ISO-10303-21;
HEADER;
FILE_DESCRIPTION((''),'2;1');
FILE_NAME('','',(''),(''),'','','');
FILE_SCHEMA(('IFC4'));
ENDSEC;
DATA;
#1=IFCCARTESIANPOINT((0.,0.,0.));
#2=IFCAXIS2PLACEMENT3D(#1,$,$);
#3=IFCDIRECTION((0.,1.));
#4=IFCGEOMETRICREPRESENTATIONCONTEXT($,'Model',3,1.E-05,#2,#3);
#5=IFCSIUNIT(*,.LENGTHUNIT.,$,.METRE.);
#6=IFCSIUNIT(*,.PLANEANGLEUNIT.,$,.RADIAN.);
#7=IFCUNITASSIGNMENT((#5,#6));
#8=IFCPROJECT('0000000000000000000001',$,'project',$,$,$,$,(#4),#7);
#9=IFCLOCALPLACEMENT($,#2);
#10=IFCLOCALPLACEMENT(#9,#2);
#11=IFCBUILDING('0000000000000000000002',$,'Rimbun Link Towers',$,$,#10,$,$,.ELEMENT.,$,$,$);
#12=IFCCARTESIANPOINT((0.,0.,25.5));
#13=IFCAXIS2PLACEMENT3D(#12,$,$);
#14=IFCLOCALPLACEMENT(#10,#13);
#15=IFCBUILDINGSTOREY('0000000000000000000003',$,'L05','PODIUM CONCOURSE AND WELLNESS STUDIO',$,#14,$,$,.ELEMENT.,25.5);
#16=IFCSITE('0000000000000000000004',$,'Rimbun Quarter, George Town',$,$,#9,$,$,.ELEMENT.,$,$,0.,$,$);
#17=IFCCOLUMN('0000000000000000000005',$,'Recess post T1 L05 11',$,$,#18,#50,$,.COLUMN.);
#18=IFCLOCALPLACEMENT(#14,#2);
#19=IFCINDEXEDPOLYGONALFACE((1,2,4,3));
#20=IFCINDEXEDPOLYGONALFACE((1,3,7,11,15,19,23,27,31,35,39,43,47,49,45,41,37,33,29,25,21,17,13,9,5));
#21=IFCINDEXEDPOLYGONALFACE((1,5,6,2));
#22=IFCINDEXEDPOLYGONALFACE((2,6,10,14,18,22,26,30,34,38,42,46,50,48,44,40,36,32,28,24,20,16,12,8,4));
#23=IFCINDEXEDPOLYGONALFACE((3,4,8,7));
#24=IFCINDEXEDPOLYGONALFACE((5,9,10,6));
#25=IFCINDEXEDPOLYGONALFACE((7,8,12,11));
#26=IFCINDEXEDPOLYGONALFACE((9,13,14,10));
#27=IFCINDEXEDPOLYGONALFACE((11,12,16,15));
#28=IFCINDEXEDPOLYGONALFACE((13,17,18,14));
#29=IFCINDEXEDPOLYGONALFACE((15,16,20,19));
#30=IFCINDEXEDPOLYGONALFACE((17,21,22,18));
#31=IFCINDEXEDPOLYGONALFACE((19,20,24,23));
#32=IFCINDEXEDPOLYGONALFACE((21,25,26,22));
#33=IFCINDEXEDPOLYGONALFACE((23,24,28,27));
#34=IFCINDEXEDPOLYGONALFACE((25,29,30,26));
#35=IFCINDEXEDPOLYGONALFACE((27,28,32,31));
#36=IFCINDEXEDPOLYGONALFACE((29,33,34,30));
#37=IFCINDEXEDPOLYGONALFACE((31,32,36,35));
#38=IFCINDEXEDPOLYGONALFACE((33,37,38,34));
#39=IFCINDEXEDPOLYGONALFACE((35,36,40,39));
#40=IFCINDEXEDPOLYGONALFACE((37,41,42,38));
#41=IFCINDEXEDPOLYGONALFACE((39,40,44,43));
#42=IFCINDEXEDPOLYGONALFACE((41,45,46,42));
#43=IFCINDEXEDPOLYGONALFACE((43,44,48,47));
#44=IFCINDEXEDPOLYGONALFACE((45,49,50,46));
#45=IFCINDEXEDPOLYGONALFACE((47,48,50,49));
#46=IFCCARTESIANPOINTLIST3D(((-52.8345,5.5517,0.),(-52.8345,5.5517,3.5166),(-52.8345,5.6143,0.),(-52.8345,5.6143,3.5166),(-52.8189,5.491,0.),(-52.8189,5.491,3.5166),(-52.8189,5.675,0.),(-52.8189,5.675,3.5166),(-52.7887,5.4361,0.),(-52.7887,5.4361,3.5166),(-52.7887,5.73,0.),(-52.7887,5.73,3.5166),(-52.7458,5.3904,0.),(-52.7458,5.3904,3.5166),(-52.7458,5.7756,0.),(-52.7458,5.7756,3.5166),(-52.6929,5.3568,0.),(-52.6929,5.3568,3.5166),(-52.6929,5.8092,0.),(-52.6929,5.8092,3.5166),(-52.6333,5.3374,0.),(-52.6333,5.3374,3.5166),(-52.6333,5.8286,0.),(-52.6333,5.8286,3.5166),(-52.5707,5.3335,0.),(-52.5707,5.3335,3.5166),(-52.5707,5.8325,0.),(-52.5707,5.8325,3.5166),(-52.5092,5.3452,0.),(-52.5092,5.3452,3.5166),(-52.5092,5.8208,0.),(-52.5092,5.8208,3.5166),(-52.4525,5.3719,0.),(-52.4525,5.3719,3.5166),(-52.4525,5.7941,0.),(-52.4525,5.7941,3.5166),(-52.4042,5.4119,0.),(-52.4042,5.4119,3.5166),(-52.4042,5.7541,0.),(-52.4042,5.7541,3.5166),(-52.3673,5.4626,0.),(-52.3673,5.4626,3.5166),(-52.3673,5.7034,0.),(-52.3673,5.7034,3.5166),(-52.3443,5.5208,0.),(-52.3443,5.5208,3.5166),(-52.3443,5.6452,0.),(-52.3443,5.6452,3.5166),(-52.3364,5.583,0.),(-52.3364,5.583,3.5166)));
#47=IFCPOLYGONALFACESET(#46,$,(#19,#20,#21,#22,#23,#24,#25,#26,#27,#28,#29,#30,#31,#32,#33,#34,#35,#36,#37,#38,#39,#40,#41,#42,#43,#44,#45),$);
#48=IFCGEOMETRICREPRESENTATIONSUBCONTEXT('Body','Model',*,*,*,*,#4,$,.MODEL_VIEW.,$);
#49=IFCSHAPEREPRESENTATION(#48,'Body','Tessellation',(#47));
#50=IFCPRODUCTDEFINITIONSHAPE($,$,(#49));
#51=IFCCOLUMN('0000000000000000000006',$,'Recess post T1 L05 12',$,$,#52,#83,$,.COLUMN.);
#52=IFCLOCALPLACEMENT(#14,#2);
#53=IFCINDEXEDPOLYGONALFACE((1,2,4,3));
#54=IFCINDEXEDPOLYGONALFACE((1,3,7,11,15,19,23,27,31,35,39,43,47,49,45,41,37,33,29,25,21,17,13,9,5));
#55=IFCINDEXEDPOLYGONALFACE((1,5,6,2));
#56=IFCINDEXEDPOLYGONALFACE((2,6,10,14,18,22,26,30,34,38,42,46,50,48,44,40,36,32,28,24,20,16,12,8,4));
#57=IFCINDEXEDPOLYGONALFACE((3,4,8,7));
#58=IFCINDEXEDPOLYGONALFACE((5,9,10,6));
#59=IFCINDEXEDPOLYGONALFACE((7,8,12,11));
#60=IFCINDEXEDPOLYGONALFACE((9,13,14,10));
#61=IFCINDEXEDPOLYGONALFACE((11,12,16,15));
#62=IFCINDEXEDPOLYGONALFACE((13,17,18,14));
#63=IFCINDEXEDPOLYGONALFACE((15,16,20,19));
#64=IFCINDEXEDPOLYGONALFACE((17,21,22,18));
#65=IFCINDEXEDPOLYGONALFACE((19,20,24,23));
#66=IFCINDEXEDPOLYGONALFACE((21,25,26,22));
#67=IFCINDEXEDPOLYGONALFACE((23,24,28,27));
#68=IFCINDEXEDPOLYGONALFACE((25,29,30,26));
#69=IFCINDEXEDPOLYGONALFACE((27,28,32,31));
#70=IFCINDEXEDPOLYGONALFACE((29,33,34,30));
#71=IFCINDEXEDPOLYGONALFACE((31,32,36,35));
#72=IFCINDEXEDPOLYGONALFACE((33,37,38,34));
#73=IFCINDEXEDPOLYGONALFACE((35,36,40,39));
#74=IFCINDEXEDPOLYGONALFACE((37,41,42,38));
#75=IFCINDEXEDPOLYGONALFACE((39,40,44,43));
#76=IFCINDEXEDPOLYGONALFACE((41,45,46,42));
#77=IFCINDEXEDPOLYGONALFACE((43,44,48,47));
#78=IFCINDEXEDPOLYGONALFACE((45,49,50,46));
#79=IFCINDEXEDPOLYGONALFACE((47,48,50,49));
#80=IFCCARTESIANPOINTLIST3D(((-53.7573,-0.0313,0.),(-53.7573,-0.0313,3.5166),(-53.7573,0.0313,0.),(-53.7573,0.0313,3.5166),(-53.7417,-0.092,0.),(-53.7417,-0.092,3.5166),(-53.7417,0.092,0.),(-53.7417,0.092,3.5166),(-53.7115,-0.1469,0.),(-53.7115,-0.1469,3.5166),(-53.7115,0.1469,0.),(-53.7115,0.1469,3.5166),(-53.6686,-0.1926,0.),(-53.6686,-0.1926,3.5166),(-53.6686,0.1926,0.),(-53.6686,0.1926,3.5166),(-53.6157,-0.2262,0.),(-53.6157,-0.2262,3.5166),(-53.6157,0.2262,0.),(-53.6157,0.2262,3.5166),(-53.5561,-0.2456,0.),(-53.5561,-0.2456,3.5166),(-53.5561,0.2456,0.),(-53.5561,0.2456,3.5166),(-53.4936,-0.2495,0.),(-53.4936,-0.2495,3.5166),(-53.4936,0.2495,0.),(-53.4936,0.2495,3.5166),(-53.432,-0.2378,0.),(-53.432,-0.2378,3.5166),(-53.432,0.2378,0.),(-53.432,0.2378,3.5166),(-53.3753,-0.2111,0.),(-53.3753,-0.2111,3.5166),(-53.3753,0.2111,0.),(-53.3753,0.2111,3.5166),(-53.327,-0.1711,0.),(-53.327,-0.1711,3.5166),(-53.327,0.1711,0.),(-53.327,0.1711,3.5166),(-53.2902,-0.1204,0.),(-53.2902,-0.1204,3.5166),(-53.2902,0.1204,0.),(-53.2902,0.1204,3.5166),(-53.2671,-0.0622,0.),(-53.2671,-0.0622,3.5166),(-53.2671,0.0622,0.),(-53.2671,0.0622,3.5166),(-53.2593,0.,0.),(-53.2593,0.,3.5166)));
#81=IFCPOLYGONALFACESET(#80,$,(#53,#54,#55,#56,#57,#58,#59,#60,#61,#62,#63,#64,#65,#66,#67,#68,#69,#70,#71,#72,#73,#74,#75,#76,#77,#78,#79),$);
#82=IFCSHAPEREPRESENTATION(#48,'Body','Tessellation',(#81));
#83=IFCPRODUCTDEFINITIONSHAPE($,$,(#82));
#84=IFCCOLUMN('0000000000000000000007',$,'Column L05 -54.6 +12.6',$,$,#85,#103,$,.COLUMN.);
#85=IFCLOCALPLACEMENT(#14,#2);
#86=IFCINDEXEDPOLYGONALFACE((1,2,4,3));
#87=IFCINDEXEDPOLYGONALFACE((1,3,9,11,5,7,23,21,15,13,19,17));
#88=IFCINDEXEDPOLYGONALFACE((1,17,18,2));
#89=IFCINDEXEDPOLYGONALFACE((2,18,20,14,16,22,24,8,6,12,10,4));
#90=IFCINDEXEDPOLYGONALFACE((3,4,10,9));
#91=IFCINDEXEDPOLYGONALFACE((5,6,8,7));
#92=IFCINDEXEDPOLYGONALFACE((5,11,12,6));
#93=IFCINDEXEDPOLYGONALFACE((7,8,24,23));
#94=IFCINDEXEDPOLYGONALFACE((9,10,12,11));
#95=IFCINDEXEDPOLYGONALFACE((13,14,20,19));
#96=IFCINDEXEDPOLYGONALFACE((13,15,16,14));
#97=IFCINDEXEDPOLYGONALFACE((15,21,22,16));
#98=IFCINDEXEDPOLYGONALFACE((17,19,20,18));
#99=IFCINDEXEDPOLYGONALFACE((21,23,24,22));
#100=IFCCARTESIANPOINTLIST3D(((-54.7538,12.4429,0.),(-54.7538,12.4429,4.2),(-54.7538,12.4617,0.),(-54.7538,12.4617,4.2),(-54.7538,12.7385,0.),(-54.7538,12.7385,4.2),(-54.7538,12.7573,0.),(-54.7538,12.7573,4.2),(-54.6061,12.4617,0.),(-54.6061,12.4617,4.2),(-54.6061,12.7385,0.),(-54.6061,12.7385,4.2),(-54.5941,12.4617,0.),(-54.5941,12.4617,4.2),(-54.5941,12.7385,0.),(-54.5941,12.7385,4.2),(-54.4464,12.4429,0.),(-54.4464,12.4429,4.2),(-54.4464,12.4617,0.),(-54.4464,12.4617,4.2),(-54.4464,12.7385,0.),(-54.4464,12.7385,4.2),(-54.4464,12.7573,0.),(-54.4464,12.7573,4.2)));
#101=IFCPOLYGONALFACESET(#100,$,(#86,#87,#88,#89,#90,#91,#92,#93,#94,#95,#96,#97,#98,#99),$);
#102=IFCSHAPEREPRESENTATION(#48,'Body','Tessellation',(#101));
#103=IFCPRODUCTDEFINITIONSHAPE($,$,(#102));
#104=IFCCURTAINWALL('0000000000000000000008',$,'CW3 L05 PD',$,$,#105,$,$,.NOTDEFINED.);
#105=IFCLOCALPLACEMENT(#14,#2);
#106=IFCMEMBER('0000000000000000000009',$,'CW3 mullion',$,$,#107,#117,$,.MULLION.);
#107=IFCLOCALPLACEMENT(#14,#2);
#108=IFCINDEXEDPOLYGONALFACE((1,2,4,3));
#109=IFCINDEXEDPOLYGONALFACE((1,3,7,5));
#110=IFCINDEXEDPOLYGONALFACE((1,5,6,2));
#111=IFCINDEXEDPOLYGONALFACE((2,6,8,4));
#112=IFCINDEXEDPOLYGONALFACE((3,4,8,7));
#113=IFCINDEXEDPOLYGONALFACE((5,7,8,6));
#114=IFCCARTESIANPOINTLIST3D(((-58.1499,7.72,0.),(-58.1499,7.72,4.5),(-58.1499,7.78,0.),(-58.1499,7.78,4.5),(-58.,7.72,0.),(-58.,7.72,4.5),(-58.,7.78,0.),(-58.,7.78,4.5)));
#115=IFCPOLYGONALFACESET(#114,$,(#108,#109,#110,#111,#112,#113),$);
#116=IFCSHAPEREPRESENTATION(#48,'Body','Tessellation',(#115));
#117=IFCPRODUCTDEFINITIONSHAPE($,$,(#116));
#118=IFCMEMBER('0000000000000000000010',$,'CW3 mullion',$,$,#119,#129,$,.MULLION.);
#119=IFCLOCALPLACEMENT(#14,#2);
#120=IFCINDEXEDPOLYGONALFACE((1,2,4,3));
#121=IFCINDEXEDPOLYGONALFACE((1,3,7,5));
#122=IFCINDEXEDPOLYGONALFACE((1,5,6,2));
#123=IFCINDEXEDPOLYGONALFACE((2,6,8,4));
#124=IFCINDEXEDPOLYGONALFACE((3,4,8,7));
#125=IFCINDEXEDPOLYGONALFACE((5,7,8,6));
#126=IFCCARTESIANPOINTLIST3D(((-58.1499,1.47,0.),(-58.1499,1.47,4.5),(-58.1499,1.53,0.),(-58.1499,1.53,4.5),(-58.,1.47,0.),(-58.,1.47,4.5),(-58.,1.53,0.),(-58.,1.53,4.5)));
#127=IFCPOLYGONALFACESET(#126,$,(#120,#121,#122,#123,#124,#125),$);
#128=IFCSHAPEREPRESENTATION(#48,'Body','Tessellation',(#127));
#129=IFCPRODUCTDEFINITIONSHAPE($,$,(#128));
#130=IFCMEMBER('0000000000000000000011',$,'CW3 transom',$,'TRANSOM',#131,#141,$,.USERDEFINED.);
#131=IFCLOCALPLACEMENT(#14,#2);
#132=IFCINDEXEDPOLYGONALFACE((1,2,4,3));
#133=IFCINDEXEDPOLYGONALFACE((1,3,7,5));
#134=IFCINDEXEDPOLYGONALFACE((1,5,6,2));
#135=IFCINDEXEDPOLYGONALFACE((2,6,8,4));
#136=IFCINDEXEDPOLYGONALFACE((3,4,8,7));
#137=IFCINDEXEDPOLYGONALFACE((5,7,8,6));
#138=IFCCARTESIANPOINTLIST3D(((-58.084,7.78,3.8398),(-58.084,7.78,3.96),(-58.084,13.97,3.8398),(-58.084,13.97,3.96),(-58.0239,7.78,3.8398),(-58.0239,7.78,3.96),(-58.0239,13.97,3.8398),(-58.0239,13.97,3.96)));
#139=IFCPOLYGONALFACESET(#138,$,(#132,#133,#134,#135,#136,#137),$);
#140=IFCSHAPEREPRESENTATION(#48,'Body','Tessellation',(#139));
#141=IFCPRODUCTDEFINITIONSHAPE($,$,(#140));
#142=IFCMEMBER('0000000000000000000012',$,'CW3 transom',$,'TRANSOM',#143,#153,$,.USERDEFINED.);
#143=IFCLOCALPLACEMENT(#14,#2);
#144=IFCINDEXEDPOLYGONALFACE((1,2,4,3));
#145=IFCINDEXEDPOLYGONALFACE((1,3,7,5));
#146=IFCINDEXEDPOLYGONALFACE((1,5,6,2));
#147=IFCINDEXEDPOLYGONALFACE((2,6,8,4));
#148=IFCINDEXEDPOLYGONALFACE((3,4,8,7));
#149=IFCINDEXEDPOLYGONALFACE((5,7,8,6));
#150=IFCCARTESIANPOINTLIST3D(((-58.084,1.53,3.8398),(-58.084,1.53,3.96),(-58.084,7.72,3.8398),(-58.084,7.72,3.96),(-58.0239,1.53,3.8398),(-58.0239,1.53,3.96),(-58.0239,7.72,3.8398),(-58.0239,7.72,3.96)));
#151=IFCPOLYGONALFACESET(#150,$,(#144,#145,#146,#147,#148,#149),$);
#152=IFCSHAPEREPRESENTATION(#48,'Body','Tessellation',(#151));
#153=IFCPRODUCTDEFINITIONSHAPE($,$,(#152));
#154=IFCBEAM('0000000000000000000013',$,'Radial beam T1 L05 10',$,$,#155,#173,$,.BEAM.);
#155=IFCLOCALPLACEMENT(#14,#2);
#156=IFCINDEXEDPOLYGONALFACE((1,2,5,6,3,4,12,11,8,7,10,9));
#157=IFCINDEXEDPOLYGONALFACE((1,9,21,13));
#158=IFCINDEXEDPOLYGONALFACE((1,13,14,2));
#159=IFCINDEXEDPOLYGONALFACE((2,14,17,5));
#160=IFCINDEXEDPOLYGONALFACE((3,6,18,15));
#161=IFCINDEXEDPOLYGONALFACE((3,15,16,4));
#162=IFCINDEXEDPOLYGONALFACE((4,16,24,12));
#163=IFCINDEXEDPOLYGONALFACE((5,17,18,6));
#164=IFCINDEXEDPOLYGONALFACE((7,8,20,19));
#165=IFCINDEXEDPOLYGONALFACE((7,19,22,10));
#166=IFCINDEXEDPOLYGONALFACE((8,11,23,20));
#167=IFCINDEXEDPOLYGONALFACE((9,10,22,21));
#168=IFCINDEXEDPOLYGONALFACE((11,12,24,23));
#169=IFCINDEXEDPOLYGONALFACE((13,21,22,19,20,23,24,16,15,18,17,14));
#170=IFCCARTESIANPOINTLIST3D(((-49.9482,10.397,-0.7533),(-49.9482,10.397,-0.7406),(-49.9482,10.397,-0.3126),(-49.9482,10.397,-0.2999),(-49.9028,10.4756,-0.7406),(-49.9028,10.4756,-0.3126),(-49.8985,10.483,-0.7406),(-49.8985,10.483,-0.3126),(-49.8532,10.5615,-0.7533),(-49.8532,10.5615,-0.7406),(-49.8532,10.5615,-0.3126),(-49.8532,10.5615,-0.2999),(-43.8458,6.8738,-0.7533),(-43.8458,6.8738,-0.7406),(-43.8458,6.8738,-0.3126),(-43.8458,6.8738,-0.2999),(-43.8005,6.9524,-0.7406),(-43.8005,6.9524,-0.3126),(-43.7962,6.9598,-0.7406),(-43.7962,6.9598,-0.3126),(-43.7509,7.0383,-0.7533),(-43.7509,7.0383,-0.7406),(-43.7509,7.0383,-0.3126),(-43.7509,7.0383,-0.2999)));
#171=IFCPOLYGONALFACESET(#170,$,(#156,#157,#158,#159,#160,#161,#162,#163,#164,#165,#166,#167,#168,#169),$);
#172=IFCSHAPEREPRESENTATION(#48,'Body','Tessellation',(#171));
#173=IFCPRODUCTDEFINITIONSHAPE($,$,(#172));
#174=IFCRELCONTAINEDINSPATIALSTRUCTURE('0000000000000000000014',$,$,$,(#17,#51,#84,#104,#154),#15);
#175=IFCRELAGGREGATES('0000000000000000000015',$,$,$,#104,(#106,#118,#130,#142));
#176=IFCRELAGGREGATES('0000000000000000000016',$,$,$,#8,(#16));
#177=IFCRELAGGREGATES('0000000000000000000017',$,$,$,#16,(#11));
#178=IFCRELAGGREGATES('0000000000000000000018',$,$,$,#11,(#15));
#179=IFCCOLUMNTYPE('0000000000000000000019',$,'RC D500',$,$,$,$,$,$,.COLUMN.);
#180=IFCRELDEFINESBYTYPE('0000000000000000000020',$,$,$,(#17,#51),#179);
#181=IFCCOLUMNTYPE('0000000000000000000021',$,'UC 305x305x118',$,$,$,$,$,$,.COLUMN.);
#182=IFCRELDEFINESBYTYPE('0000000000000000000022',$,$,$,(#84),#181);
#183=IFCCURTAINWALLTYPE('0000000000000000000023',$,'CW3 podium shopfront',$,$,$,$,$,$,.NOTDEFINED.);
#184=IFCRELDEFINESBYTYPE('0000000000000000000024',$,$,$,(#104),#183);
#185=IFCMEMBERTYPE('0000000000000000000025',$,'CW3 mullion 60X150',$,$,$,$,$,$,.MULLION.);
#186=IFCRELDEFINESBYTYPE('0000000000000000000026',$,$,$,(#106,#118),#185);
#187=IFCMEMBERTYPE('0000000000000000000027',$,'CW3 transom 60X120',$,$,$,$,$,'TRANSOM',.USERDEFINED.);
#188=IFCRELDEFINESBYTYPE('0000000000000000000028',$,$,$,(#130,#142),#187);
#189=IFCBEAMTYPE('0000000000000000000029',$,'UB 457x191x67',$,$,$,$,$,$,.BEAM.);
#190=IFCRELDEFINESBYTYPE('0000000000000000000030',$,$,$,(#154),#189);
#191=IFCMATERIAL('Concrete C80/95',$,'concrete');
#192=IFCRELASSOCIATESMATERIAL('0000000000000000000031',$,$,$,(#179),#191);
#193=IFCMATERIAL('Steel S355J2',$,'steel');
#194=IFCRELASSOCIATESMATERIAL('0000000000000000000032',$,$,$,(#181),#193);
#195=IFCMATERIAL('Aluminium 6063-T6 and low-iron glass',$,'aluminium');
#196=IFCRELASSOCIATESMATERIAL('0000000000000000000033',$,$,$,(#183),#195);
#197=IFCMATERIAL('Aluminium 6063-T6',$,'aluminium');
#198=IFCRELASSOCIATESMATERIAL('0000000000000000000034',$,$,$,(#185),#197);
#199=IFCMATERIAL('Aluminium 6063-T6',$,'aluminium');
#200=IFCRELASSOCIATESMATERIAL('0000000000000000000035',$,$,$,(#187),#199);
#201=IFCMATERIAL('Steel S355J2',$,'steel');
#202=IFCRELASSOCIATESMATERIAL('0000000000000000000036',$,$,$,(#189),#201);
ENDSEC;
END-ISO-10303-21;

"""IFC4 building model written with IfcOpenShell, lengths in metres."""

from ifc_helpers import new_model, si_unit, direction, frame, origin, origin_2d, place, context, subcontext, project, spatial, rectangle, circle, i_section, extrude, material, material_profile, profile_set, type_object, element, aggregate, save


model = new_model("IFC4")

# Units and contexts
model_context = context("Model", 3, precision=1e-05, world=origin(), true_north=direction((0.0, 1.0)))
body_context = subcontext(model_context, "Body", "Model", "MODEL_VIEW")
ifc_project = project(units=[si_unit("LENGTHUNIT", "METRE"), si_unit("PLANEANGLEUNIT", "RADIAN")], contexts=[model_context])

# Site, building, storey
site_placement = place(None, origin())
site = spatial("IfcSite", under=ifc_project, at=site_placement, Name="Rimbun Quarter, George Town", CompositionType="ELEMENT", RefElevation=0.0)
building_placement = place(site_placement, origin())
building = spatial("IfcBuilding", under=site, at=building_placement, Name="Rimbun Link Towers", CompositionType="ELEMENT")
storey_placement = place(building_placement, frame((0.0, 0.0, 25.5)))
storey = spatial("IfcBuildingStorey", under=building, at=storey_placement, Name="L05", Description="PODIUM CONCOURSE AND WELLNESS STUDIO", CompositionType="ELEMENT", Elevation=25.5)

# Columns
ifc_material_1 = material(Name="Concrete C80/95", Category="concrete")
ifc_material_profile_1 = material_profile(ifc_material_1, circle(Radius=0.25, at=origin_2d()), Name="RC D500")
ifc_profile_set_1 = profile_set([ifc_material_profile_1], Name="Concrete C80/95")
column_type_1 = type_object("IfcColumnType", Name="RC D500", PredefinedType="COLUMN", material=ifc_profile_set_1)
for number, where, z_axis, x_axis, name in (
    (1, (-52.5864, 5.583, 0.0), (0.0, 0.0, 1.0), (1.0, 0.0, 0.0), "Recess post T1 L05 11"),
    (2, (-53.5093, 0.0, 0.0), (0.0, 0.0, 1.0), (1.0, 0.0, 0.0), "Recess post T1 L05 12"),
):
    element("IfcColumn", number, at=place(storey_placement, frame(where, z_axis=z_axis, x_axis=x_axis)), inside=storey, type_object=column_type_1, Name=name, PredefinedType="COLUMN", context=body_context, shape_type="SweptSolid", body=[
        extrude(circle(Radius=0.25, at=origin_2d()), origin(), (0.0, 0.0, 1.0), 3.5166),
    ])
ifc_material_2 = material(Name="Steel S355J2", Category="steel")
ifc_material_profile_2 = material_profile(ifc_material_2, i_section(OverallWidth=0.3074, OverallDepth=0.3145, WebThickness=0.012, FlangeThickness=0.0188, at=origin_2d()), Name="UC 305x305x118")
ifc_profile_set_2 = profile_set([ifc_material_profile_2], Name="Steel S355J2")
column_type_2 = type_object("IfcColumnType", Name="UC 305x305x118", PredefinedType="COLUMN", material=ifc_profile_set_2)
column_placement = place(storey_placement, frame((-54.6001, 12.6001, 0.0), z_axis=(0.0, 0.0, 1.0), x_axis=(1.0, 0.0, 0.0)))
element("IfcColumn", 3, at=column_placement, inside=storey, type_object=column_type_2, Name="Column L05 -54.6 +12.6", PredefinedType="COLUMN", context=body_context, shape_type="SweptSolid", body=[
    extrude(i_section(OverallWidth=0.3074, OverallDepth=0.3145, WebThickness=0.012, FlangeThickness=0.0188, at=origin_2d()), origin(), (0.0, 0.0, 1.0), 4.2),
])

# Curtain wall, members
ifc_material_3 = material(Name="Aluminium 6063-T6 and low-iron glass", Category="aluminium")
curtain_wall_type = type_object("IfcCurtainWallType", Name="CW3 podium shopfront", PredefinedType="NOTDEFINED", material=ifc_material_3)
curtain_wall_placement = place(storey_placement, origin())
curtain_wall = element("IfcCurtainWall", 4, at=curtain_wall_placement, inside=storey, type_object=curtain_wall_type, Name="CW3 L05 PD", PredefinedType="NOTDEFINED")
ifc_material_4 = material(Name="Aluminium 6063-T6", Category="aluminium")
ifc_material_profile_3 = material_profile(ifc_material_4, rectangle(XDim=0.1499, YDim=0.0601, at=origin_2d()), Name="MULLION 60X150")
ifc_profile_set_3 = profile_set([ifc_material_profile_3], Name="Aluminium 6063-T6")
member_type_1 = type_object("IfcMemberType", Name="CW3 mullion 60X150", PredefinedType="MULLION", material=ifc_profile_set_3)
member_1_placement = place(storey_placement, frame((-58.075, 7.75, 0.0), z_axis=(0.0, 0.0, 1.0), x_axis=(-1.0, 0.0, 0.0)))
member_1 = element("IfcMember", 5, at=member_1_placement, type_object=member_type_1, Name="CW3 mullion", PredefinedType="MULLION", context=body_context, shape_type="SweptSolid", body=[
    extrude(rectangle(XDim=0.1499, YDim=0.0601, at=origin_2d()), origin(), (0.0, 0.0, 1.0), 4.5),
])
member_2_placement = place(storey_placement, frame((-58.075, 1.5, 0.0), z_axis=(0.0, 0.0, 1.0), x_axis=(-1.0, 0.0, 0.0)))
member_2 = element("IfcMember", 6, at=member_2_placement, type_object=member_type_1, Name="CW3 mullion", PredefinedType="MULLION", context=body_context, shape_type="SweptSolid", body=[
    extrude(rectangle(XDim=0.1499, YDim=0.0601, at=origin_2d()), origin(), (0.0, 0.0, 1.0), 4.5),
])
ifc_material_5 = material(Name="Aluminium 6063-T6", Category="aluminium")
ifc_material_profile_4 = material_profile(ifc_material_5, rectangle(XDim=0.0601, YDim=0.1201, at=origin_2d()), Name="TRANSOM 60X120")
ifc_profile_set_4 = profile_set([ifc_material_profile_4], Name="Aluminium 6063-T6")
member_type_2 = type_object("IfcMemberType", Name="CW3 transom 60X120", ElementType="TRANSOM", PredefinedType="USERDEFINED", material=ifc_profile_set_4)
member_3_placement = place(storey_placement, frame((-58.054, 7.78, 3.8999), z_axis=(0.0, 1.0, 0.0), x_axis=(-1.0, 0.0, 0.0)))
member_3 = element("IfcMember", 7, at=member_3_placement, type_object=member_type_2, Name="CW3 transom", ObjectType="TRANSOM", PredefinedType="USERDEFINED", context=body_context, shape_type="SweptSolid", body=[
    extrude(rectangle(XDim=0.0601, YDim=0.1201, at=origin_2d()), origin(), (0.0, 0.0, 1.0), 6.1899),
])
member_4_placement = place(storey_placement, frame((-58.054, 1.53, 3.8999), z_axis=(0.0, 1.0, 0.0), x_axis=(-1.0, 0.0, 0.0)))
member_4 = element("IfcMember", 8, at=member_4_placement, type_object=member_type_2, Name="CW3 transom", ObjectType="TRANSOM", PredefinedType="USERDEFINED", context=body_context, shape_type="SweptSolid", body=[
    extrude(rectangle(XDim=0.0601, YDim=0.1201, at=origin_2d()), origin(), (0.0, 0.0, 1.0), 6.1899),
])

# Beam
ifc_material_6 = material(Name="Steel S355J2", Category="steel")
ifc_material_profile_5 = material_profile(ifc_material_6, i_section(OverallWidth=0.1899, OverallDepth=0.4534, WebThickness=0.0085, FlangeThickness=0.0127, at=origin_2d()), Name="UB 457x191x67")
ifc_profile_set_5 = profile_set([ifc_material_profile_5], Name="Steel S355J2")
beam_type_1 = type_object("IfcBeamType", Name="UB 457x191x67", PredefinedType="BEAM", material=ifc_profile_set_5)
beam_1_placement = place(storey_placement, frame((-43.7983, 6.9561, -0.5266), z_axis=(-0.866023, 0.500003, 0.0), x_axis=(-0.500003, -0.866023, 0.0)))
element("IfcBeam", 9, at=beam_1_placement, inside=storey, type_object=beam_type_1, Name="Radial beam T1 L05 10", PredefinedType="BEAM", context=body_context, shape_type="SweptSolid", body=[
    extrude(i_section(OverallWidth=0.1899, OverallDepth=0.4534, WebThickness=0.0085, FlangeThickness=0.0127, at=origin_2d()), origin(), (0.0, 0.0, 1.0), 7.0464),
])

aggregate(curtain_wall, [member_1, member_2, member_3, member_4])

save(model, "model.ifc")
